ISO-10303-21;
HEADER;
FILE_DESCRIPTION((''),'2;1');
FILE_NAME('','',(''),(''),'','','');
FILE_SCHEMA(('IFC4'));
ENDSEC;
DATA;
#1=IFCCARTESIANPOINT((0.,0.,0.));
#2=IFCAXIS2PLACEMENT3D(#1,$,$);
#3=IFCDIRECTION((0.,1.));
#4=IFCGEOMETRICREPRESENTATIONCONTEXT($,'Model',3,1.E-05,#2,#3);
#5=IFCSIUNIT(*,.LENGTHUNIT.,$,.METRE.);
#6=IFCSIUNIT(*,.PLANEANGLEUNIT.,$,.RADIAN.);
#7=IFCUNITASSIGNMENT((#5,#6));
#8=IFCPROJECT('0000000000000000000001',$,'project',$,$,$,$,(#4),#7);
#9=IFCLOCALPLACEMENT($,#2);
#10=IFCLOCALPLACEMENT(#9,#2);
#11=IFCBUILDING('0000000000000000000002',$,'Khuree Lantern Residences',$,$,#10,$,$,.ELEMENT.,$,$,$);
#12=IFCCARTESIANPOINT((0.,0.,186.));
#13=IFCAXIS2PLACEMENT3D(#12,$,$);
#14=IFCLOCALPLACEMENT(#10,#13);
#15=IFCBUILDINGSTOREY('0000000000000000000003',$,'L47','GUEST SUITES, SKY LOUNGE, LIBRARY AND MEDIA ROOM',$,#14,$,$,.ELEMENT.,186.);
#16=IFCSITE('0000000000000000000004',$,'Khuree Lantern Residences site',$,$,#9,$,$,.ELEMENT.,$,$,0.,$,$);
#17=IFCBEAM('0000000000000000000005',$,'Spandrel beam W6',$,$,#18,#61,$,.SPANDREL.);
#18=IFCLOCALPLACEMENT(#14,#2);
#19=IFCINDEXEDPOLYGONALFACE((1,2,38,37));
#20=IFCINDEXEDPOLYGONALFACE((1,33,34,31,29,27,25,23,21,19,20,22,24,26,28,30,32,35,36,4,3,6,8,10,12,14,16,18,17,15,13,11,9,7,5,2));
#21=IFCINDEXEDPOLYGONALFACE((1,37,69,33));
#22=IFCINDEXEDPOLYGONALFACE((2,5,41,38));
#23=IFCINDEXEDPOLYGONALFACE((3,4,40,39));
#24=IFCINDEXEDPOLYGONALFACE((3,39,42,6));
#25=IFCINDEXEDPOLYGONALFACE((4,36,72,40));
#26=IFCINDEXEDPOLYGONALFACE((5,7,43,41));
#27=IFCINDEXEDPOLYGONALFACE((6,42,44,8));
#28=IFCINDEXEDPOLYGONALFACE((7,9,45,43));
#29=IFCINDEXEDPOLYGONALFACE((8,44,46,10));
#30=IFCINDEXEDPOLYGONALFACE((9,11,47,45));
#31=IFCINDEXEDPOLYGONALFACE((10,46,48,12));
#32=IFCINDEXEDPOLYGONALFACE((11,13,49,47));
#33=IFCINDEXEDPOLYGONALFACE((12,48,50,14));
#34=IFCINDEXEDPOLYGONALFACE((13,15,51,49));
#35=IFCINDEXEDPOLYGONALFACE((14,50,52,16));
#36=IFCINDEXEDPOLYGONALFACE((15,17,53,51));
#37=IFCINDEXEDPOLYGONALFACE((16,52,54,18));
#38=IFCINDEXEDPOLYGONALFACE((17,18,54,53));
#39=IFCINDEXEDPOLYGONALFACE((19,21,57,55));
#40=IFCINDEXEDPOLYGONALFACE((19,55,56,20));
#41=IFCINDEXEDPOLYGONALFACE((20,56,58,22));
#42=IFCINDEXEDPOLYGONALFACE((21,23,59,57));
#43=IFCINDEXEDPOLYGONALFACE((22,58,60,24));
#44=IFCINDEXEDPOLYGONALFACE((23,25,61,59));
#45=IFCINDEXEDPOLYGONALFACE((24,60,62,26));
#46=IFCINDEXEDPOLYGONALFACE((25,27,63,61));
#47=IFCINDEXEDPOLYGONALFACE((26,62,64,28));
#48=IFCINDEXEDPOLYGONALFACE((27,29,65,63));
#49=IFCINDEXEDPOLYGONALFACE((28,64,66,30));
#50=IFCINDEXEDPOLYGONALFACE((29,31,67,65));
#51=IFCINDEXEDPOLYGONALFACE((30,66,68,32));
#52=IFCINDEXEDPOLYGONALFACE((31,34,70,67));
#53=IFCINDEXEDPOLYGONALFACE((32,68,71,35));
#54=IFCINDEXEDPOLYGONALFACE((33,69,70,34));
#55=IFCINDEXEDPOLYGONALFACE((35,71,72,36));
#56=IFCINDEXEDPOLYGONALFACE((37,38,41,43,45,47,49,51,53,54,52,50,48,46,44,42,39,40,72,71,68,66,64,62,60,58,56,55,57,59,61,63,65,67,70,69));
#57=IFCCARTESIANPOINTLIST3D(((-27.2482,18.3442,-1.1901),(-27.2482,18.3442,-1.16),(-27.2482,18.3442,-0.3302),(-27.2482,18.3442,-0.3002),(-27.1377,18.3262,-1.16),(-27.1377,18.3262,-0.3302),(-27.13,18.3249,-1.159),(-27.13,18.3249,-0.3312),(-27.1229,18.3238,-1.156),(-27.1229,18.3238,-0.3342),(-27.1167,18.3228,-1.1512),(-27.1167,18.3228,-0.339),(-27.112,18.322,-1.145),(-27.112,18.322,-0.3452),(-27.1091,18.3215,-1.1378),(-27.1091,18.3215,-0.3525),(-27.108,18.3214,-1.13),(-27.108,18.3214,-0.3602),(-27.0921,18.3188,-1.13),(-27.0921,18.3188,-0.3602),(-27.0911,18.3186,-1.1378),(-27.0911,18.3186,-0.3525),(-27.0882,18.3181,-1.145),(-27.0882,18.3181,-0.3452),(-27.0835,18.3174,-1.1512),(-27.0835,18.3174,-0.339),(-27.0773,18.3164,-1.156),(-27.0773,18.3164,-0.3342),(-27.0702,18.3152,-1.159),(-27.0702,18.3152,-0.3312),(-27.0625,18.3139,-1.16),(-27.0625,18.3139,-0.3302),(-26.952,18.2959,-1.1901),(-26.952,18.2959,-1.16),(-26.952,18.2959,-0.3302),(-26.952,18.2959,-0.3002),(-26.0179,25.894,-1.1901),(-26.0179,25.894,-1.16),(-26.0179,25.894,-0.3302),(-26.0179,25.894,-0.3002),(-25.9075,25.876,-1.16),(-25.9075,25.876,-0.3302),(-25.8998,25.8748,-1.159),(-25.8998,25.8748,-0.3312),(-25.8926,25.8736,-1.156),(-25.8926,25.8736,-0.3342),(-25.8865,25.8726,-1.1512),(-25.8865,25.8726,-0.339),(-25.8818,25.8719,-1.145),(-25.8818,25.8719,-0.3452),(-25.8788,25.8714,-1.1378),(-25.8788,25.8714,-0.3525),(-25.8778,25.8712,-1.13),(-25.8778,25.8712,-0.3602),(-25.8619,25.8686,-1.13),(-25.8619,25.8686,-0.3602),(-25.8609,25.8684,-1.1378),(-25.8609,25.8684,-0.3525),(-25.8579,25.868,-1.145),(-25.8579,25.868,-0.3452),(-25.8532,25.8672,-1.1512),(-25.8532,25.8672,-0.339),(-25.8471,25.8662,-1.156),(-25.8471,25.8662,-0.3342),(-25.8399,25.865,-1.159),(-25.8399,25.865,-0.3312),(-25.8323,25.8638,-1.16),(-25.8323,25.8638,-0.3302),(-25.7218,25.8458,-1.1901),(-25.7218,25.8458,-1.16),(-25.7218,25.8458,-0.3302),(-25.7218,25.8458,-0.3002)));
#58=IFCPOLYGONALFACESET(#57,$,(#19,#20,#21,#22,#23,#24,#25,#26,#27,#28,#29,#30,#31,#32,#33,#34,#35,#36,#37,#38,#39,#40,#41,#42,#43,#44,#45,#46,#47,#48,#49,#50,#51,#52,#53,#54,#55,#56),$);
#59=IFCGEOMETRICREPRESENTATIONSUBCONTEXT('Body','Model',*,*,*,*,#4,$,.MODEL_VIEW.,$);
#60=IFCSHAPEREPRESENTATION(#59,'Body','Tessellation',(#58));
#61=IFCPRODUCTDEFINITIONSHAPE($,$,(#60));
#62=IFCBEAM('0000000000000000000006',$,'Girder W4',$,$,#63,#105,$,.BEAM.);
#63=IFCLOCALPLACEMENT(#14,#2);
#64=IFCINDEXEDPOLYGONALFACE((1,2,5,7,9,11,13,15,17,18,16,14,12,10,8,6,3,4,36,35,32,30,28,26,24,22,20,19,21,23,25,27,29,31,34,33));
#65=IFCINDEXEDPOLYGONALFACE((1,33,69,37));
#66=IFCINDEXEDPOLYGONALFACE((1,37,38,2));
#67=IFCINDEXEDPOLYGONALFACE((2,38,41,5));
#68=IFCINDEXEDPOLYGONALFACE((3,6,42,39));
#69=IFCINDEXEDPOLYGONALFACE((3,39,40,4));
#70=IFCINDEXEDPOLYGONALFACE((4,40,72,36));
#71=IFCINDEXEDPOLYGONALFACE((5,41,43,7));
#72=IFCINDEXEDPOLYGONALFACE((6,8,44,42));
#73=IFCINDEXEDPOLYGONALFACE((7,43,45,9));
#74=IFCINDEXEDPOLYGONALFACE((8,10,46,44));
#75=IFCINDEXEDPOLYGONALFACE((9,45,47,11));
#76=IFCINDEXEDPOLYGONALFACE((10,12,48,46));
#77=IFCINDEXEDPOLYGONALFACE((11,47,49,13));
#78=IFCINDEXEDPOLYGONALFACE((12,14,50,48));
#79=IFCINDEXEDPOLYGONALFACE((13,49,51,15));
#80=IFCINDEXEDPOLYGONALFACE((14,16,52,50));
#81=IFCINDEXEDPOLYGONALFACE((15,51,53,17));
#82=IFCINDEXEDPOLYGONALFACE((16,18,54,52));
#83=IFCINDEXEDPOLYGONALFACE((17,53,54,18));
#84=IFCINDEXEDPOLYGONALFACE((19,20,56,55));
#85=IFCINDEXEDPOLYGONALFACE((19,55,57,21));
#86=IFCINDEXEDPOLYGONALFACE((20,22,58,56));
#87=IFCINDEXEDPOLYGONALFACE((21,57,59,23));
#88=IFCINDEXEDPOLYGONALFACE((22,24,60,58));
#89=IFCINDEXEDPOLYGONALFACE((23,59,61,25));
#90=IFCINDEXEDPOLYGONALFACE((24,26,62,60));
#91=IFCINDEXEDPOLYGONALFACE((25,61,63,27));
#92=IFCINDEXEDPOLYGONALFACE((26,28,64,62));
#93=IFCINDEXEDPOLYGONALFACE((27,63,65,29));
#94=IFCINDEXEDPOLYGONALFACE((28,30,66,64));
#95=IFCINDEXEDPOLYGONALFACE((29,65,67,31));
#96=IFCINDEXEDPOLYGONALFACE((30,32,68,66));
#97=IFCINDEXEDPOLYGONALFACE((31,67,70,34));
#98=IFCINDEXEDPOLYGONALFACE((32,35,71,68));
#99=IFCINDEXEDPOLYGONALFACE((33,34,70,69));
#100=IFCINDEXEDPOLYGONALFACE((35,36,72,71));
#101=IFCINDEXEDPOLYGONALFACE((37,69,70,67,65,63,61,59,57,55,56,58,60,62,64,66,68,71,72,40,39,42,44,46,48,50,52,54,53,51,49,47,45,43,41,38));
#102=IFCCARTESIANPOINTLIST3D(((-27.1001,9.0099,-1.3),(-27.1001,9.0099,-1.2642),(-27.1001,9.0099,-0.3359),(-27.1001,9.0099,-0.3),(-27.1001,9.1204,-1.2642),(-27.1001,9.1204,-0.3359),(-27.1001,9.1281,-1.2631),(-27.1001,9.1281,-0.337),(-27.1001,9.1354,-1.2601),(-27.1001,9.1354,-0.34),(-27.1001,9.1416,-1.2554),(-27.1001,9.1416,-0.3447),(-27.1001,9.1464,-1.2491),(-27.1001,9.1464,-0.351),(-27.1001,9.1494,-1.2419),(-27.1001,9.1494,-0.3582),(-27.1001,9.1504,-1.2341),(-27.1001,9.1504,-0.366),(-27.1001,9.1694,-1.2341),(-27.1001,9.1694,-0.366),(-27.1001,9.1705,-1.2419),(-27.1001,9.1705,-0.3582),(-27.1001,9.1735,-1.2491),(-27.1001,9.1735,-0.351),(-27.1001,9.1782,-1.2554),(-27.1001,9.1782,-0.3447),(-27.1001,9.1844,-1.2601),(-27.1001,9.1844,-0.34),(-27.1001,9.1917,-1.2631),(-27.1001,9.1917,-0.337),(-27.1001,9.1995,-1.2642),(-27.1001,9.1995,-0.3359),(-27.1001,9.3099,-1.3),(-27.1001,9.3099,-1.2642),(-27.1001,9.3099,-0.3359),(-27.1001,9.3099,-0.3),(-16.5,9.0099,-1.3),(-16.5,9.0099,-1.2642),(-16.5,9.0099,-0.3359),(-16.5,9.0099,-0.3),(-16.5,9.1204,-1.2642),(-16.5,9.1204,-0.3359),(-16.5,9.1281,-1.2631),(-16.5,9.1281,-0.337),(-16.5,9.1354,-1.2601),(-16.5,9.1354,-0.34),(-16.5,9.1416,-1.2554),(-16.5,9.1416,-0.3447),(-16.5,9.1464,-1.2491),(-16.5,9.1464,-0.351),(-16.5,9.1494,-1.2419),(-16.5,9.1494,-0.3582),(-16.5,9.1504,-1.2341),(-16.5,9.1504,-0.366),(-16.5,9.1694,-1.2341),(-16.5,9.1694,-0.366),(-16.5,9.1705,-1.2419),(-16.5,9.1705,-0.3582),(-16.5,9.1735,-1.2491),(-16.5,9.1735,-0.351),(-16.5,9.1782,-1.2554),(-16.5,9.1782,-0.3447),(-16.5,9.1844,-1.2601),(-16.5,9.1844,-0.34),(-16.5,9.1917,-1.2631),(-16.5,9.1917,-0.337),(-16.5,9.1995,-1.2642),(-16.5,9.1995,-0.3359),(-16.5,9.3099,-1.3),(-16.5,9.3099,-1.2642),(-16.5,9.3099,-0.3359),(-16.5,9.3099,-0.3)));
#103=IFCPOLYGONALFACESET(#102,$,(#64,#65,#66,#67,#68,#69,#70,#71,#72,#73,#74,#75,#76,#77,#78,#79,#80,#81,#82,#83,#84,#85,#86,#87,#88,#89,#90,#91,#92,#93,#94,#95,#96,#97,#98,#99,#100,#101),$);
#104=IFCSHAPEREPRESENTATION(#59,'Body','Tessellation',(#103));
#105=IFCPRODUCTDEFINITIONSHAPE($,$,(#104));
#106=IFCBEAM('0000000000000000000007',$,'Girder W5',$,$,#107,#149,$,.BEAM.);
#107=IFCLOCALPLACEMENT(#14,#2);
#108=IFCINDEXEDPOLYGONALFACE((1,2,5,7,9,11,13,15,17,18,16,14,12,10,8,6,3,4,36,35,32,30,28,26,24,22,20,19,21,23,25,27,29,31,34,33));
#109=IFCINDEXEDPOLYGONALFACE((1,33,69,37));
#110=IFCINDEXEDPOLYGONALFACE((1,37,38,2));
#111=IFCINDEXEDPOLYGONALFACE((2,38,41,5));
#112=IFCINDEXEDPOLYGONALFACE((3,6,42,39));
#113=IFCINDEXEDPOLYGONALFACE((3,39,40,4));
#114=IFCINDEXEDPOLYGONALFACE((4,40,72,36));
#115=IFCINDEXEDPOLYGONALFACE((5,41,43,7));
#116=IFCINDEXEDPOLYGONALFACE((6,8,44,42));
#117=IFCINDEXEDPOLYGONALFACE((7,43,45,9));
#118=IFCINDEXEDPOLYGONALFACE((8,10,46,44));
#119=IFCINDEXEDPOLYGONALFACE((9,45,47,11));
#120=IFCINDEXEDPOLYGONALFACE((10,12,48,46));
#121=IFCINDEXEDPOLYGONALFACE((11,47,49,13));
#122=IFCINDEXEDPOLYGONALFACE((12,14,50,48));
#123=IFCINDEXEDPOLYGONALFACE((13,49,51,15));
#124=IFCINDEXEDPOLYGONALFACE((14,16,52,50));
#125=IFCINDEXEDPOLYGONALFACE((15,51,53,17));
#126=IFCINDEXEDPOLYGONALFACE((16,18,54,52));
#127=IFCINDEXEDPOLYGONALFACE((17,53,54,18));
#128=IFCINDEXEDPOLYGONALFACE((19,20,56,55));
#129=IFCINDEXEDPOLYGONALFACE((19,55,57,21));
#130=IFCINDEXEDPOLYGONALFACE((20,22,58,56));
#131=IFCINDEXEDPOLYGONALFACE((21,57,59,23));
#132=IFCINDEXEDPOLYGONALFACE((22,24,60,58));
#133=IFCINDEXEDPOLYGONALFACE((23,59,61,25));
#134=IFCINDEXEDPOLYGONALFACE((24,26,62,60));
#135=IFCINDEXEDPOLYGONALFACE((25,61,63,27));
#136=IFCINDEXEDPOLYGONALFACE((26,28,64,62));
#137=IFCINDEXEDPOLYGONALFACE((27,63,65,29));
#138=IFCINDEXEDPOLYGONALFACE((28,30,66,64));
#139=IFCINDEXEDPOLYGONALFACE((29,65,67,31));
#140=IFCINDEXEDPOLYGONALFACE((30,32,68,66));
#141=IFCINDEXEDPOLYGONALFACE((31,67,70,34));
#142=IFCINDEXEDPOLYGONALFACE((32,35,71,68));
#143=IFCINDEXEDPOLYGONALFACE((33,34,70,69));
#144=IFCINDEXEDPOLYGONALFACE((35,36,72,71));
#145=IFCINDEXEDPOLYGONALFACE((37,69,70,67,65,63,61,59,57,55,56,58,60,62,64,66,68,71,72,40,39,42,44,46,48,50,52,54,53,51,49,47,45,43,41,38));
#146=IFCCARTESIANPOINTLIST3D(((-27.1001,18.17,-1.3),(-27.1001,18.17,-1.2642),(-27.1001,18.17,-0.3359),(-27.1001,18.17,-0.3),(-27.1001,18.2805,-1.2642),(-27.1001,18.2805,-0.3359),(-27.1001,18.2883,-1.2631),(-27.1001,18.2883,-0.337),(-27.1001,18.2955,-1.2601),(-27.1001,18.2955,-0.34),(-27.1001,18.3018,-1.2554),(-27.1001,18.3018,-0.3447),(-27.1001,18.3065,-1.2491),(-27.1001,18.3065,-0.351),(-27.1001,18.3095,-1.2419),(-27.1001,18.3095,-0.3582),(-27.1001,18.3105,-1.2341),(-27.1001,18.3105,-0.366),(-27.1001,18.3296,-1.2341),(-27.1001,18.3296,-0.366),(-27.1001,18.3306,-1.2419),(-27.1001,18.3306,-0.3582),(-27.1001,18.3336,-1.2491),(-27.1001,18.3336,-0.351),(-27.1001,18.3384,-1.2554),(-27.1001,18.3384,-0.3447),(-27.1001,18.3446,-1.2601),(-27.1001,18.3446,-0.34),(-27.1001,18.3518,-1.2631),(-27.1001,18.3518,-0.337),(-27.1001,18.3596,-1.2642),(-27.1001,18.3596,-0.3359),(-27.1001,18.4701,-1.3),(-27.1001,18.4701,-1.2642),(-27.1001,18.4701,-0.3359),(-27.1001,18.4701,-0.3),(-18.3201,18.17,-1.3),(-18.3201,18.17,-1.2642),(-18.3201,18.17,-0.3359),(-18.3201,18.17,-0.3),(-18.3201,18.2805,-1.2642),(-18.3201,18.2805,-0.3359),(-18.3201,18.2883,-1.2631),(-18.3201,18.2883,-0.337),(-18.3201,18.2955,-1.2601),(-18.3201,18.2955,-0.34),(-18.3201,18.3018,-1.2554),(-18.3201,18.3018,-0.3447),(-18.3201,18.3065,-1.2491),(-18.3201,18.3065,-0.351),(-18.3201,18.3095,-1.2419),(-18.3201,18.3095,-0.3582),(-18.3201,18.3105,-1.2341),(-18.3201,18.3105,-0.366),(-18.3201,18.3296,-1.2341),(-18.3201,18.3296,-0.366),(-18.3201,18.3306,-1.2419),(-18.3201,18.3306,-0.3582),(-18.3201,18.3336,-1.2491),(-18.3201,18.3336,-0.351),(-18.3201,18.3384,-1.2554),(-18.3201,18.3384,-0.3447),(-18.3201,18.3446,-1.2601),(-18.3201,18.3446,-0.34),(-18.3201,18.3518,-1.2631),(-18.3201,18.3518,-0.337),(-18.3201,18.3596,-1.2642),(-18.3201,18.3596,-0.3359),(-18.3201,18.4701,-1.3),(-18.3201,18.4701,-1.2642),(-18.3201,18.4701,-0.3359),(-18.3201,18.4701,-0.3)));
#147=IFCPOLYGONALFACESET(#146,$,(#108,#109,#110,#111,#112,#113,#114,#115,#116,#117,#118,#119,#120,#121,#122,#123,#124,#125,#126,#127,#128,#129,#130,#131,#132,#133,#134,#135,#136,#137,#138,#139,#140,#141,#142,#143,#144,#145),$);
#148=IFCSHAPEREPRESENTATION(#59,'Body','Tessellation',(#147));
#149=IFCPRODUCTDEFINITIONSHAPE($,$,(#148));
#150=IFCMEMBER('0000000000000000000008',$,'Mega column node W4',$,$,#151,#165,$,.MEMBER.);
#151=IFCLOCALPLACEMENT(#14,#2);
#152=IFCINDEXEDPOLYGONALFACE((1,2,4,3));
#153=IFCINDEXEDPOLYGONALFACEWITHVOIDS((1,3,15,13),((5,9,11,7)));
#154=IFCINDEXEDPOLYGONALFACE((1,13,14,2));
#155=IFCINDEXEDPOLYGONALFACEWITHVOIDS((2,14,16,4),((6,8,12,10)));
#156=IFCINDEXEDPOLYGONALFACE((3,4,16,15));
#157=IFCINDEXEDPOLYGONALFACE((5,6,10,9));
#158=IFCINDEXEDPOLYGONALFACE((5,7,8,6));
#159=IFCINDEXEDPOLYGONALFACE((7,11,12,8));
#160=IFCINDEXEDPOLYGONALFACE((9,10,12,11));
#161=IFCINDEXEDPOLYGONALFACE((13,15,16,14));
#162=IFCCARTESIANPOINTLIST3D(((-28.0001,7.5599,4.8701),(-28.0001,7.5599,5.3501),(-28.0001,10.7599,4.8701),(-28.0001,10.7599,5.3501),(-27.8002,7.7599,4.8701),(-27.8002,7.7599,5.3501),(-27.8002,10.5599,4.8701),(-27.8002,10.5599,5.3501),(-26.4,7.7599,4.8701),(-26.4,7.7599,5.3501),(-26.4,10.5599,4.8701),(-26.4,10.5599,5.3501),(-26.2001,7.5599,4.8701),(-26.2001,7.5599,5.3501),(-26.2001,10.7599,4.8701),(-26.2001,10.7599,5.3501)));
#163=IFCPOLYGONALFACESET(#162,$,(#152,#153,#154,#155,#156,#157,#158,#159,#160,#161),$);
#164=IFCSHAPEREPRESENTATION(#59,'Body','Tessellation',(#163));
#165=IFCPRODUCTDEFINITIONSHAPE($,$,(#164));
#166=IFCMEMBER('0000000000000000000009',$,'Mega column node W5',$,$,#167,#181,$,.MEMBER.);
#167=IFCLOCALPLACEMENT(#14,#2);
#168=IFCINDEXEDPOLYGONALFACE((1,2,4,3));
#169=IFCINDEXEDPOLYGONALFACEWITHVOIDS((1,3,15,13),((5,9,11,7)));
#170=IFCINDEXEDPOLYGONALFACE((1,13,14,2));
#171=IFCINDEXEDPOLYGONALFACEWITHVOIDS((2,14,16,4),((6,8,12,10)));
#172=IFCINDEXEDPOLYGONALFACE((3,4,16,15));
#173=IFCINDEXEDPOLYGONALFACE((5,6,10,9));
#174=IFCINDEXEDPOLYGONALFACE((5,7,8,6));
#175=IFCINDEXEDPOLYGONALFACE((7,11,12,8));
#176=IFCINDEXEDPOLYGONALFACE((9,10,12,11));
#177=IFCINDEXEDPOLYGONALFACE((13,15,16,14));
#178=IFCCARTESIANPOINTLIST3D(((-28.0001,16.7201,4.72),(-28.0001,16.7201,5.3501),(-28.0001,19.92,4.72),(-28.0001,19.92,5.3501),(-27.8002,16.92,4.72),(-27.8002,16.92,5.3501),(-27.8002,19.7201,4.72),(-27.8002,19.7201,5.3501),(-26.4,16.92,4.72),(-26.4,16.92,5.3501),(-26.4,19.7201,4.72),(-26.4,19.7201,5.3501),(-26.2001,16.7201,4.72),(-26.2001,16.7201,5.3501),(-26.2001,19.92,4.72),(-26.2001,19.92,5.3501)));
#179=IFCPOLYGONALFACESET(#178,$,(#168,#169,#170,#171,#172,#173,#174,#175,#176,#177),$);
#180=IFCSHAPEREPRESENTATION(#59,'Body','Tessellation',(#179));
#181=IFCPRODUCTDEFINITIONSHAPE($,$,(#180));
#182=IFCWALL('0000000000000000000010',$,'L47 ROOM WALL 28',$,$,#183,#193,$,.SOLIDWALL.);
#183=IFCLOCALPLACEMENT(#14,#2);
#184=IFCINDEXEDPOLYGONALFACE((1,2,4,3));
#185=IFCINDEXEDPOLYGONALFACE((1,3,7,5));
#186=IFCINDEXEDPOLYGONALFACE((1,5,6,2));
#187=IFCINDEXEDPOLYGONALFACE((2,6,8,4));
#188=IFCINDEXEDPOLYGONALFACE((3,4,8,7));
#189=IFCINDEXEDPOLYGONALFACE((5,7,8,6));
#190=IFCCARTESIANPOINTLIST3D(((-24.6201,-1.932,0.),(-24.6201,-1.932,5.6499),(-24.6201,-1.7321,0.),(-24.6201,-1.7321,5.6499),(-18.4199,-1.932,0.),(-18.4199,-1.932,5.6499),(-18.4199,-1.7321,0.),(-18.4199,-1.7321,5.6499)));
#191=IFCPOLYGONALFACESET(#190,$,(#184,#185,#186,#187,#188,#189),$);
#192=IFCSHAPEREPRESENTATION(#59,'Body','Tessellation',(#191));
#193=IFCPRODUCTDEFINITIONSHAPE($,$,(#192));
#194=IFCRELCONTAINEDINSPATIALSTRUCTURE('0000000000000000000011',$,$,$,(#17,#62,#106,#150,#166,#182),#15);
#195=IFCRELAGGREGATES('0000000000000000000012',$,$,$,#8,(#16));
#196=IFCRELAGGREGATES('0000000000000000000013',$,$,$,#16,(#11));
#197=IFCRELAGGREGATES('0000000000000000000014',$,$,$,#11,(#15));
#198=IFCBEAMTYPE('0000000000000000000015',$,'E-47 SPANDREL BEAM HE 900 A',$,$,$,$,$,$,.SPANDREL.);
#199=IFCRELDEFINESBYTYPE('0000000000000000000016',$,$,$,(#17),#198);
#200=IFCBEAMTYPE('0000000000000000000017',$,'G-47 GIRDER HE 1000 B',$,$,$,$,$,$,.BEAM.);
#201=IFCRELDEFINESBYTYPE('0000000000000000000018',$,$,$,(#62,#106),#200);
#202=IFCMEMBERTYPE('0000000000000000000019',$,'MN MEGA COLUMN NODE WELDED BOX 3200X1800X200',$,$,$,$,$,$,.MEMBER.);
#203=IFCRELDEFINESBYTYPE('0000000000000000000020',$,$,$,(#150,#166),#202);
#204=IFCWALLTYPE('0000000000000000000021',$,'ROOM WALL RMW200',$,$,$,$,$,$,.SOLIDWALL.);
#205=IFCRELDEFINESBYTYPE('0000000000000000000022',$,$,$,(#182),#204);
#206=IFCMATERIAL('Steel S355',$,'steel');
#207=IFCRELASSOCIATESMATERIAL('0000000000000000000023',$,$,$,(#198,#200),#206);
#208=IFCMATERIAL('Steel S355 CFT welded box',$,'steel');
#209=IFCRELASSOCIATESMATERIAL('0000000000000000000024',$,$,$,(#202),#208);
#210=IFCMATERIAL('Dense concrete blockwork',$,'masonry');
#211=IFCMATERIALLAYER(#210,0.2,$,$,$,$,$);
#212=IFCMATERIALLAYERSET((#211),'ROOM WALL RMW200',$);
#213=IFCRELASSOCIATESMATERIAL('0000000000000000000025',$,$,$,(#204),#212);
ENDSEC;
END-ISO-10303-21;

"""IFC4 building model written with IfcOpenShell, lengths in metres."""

from ifc_helpers import new_model, si_unit, direction, frame, frame_2d, origin, origin_2d, place, context, subcontext, project, spatial, rectangle, hollow_rectangle, i_section, extrude, material, layer, layer_set, material_profile, profile_set, type_object, element, save


model = new_model("IFC4")

# Units and contexts
model_context = context("Model", 3, precision=1e-05, world=origin(), true_north=direction((0.0, 1.0)))
body_context = subcontext(model_context, "Body", "Model", "MODEL_VIEW")
ifc_project = project(units=[si_unit("LENGTHUNIT", "METRE"), si_unit("PLANEANGLEUNIT", "RADIAN")], contexts=[model_context])

# Site, building, storey
site_placement = place(None, origin())
site = spatial("IfcSite", under=ifc_project, at=site_placement, Name="Khuree Lantern Residences site", CompositionType="ELEMENT", RefElevation=0.0)
building_placement = place(site_placement, origin())
building = spatial("IfcBuilding", under=site, at=building_placement, Name="Khuree Lantern Residences", CompositionType="ELEMENT")
storey_placement = place(building_placement, frame((0.0, 0.0, 186.0)))
storey = spatial("IfcBuildingStorey", under=building, at=storey_placement, Name="L47", Description="GUEST SUITES, SKY LOUNGE, LIBRARY AND MEDIA ROOM", CompositionType="ELEMENT", Elevation=186.0)

# Shared definitions
ifc_material_1 = material(Name="Steel S355 CFT welded box", Category="steel")

# Beams
ifc_material_2 = material(Name="Steel S355", Category="steel")
ifc_material_profile_1 = material_profile(ifc_material_2, i_section(OverallWidth=0.3, OverallDepth=0.8899, WebThickness=0.0161, FlangeThickness=0.03, FilletRadius=0.03, at=origin_2d()), Name="HE 900 A")
ifc_profile_set_1 = profile_set([ifc_material_profile_1], Name="Steel S355")
beam_type_1 = type_object("IfcBeamType", Name="E-47 SPANDREL BEAM HE 900 A", PredefinedType="SPANDREL", material=ifc_profile_set_1)
beam_1_placement = place(storey_placement, frame((-27.1001, 18.3201, -0.7451), z_axis=(0.160827, 0.986983, 0.0), x_axis=(-0.986983, 0.160827, 0.0)))
element("IfcBeam", 1, at=beam_1_placement, inside=storey, type_object=beam_type_1, Name="Spandrel beam W6", PredefinedType="SPANDREL", context=body_context, shape_type="SweptSolid", body=[
    extrude(i_section(OverallWidth=0.3, OverallDepth=0.8899, WebThickness=0.0161, FlangeThickness=0.03, FilletRadius=0.03, at=origin_2d()), origin(), (0.0, 0.0, 1.0), 7.6494),
])
ifc_material_profile_2 = material_profile(ifc_material_2, i_section(OverallWidth=0.3, OverallDepth=1.0, WebThickness=0.019, FlangeThickness=0.0359, FilletRadius=0.03, at=origin_2d()), Name="HE 1000 B")
ifc_profile_set_2 = profile_set([ifc_material_profile_2], Name="Steel S355")
beam_type_2 = type_object("IfcBeamType", Name="G-47 GIRDER HE 1000 B", PredefinedType="BEAM", material=ifc_profile_set_2)
beam_2_placement = place(storey_placement, frame((-27.1001, 9.1599, -0.8), z_axis=(1.0, 0.0, 0.0), x_axis=(0.0, 1.0, 0.0)))
element("IfcBeam", 2, at=beam_2_placement, inside=storey, type_object=beam_type_2, Name="Girder W4", PredefinedType="BEAM", context=body_context, shape_type="SweptSolid", body=[
    extrude(i_section(OverallWidth=0.3, OverallDepth=1.0, WebThickness=0.019, FlangeThickness=0.0359, FilletRadius=0.03, at=origin_2d()), origin(), (0.0, 0.0, 1.0), 10.6001),
])
beam_3_placement = place(storey_placement, frame((-27.1001, 18.3201, -0.8), z_axis=(1.0, 0.0, 0.0), x_axis=(0.0, 1.0, 0.0)))
element("IfcBeam", 3, at=beam_3_placement, inside=storey, type_object=beam_type_2, Name="Girder W5", PredefinedType="BEAM", context=body_context, shape_type="SweptSolid", body=[
    extrude(i_section(OverallWidth=0.3, OverallDepth=1.0, WebThickness=0.019, FlangeThickness=0.0359, FilletRadius=0.03, at=origin_2d()), origin(), (0.0, 0.0, 1.0), 8.78),
])

# Members
ifc_material_profile_3 = material_profile(ifc_material_1, hollow_rectangle(XDim=3.2, YDim=1.8, WallThickness=0.2, at=origin_2d()), Name="WELDED BOX 3200X1800X200")
ifc_profile_set_3 = profile_set([ifc_material_profile_3], Name="Steel S355 CFT welded box")
member_type = type_object("IfcMemberType", Name="MN MEGA COLUMN NODE WELDED BOX 3200X1800X200", PredefinedType="MEMBER", material=ifc_profile_set_3)
member_1_placement = place(storey_placement, frame((-27.1001, 9.1599, 4.8701), z_axis=(0.0, 0.0, 1.0), x_axis=(0.0, 1.0, 0.0)))
element("IfcMember", 4, at=member_1_placement, inside=storey, type_object=member_type, Name="Mega column node W4", PredefinedType="MEMBER", context=body_context, shape_type="SweptSolid", body=[
    extrude(hollow_rectangle(XDim=3.2, YDim=1.8, WallThickness=0.2, at=origin_2d()), origin(), (0.0, 0.0, 1.0), 0.48),
])
member_2_placement = place(storey_placement, frame((-27.1001, 18.3201, 4.72), z_axis=(0.0, 0.0, 1.0), x_axis=(0.0, 1.0, 0.0)))
element("IfcMember", 5, at=member_2_placement, inside=storey, type_object=member_type, Name="Mega column node W5", PredefinedType="MEMBER", context=body_context, shape_type="SweptSolid", body=[
    extrude(hollow_rectangle(XDim=3.2, YDim=1.8, WallThickness=0.2, at=origin_2d()), origin(), (0.0, 0.0, 1.0), 0.6301),
])

# Wall
ifc_material_3 = material(Name="Dense concrete blockwork", Category="masonry")
ifc_layer = layer(ifc_material_3, 0.2)
ifc_layer_set = layer_set([ifc_layer], Name="ROOM WALL RMW200")
wall_type = type_object("IfcWallType", Name="ROOM WALL RMW200", PredefinedType="SOLIDWALL", material=ifc_layer_set)
wall_1_placement = place(storey_placement, frame((-24.6201, -1.832, 0.0), z_axis=(0.0, 0.0, 1.0), x_axis=(1.0, 0.0, 0.0)))
element("IfcWall", 6, at=wall_1_placement, inside=storey, type_object=wall_type, Name="L47 ROOM WALL 28", PredefinedType="SOLIDWALL", context=body_context, shape_type="SweptSolid", body=[
    extrude(rectangle(XDim=6.2002, YDim=0.2, at=frame_2d((3.1001, 0.0))), origin(), (0.0, 0.0, 1.0), 5.6499),
])

save(model, "model.ifc")
